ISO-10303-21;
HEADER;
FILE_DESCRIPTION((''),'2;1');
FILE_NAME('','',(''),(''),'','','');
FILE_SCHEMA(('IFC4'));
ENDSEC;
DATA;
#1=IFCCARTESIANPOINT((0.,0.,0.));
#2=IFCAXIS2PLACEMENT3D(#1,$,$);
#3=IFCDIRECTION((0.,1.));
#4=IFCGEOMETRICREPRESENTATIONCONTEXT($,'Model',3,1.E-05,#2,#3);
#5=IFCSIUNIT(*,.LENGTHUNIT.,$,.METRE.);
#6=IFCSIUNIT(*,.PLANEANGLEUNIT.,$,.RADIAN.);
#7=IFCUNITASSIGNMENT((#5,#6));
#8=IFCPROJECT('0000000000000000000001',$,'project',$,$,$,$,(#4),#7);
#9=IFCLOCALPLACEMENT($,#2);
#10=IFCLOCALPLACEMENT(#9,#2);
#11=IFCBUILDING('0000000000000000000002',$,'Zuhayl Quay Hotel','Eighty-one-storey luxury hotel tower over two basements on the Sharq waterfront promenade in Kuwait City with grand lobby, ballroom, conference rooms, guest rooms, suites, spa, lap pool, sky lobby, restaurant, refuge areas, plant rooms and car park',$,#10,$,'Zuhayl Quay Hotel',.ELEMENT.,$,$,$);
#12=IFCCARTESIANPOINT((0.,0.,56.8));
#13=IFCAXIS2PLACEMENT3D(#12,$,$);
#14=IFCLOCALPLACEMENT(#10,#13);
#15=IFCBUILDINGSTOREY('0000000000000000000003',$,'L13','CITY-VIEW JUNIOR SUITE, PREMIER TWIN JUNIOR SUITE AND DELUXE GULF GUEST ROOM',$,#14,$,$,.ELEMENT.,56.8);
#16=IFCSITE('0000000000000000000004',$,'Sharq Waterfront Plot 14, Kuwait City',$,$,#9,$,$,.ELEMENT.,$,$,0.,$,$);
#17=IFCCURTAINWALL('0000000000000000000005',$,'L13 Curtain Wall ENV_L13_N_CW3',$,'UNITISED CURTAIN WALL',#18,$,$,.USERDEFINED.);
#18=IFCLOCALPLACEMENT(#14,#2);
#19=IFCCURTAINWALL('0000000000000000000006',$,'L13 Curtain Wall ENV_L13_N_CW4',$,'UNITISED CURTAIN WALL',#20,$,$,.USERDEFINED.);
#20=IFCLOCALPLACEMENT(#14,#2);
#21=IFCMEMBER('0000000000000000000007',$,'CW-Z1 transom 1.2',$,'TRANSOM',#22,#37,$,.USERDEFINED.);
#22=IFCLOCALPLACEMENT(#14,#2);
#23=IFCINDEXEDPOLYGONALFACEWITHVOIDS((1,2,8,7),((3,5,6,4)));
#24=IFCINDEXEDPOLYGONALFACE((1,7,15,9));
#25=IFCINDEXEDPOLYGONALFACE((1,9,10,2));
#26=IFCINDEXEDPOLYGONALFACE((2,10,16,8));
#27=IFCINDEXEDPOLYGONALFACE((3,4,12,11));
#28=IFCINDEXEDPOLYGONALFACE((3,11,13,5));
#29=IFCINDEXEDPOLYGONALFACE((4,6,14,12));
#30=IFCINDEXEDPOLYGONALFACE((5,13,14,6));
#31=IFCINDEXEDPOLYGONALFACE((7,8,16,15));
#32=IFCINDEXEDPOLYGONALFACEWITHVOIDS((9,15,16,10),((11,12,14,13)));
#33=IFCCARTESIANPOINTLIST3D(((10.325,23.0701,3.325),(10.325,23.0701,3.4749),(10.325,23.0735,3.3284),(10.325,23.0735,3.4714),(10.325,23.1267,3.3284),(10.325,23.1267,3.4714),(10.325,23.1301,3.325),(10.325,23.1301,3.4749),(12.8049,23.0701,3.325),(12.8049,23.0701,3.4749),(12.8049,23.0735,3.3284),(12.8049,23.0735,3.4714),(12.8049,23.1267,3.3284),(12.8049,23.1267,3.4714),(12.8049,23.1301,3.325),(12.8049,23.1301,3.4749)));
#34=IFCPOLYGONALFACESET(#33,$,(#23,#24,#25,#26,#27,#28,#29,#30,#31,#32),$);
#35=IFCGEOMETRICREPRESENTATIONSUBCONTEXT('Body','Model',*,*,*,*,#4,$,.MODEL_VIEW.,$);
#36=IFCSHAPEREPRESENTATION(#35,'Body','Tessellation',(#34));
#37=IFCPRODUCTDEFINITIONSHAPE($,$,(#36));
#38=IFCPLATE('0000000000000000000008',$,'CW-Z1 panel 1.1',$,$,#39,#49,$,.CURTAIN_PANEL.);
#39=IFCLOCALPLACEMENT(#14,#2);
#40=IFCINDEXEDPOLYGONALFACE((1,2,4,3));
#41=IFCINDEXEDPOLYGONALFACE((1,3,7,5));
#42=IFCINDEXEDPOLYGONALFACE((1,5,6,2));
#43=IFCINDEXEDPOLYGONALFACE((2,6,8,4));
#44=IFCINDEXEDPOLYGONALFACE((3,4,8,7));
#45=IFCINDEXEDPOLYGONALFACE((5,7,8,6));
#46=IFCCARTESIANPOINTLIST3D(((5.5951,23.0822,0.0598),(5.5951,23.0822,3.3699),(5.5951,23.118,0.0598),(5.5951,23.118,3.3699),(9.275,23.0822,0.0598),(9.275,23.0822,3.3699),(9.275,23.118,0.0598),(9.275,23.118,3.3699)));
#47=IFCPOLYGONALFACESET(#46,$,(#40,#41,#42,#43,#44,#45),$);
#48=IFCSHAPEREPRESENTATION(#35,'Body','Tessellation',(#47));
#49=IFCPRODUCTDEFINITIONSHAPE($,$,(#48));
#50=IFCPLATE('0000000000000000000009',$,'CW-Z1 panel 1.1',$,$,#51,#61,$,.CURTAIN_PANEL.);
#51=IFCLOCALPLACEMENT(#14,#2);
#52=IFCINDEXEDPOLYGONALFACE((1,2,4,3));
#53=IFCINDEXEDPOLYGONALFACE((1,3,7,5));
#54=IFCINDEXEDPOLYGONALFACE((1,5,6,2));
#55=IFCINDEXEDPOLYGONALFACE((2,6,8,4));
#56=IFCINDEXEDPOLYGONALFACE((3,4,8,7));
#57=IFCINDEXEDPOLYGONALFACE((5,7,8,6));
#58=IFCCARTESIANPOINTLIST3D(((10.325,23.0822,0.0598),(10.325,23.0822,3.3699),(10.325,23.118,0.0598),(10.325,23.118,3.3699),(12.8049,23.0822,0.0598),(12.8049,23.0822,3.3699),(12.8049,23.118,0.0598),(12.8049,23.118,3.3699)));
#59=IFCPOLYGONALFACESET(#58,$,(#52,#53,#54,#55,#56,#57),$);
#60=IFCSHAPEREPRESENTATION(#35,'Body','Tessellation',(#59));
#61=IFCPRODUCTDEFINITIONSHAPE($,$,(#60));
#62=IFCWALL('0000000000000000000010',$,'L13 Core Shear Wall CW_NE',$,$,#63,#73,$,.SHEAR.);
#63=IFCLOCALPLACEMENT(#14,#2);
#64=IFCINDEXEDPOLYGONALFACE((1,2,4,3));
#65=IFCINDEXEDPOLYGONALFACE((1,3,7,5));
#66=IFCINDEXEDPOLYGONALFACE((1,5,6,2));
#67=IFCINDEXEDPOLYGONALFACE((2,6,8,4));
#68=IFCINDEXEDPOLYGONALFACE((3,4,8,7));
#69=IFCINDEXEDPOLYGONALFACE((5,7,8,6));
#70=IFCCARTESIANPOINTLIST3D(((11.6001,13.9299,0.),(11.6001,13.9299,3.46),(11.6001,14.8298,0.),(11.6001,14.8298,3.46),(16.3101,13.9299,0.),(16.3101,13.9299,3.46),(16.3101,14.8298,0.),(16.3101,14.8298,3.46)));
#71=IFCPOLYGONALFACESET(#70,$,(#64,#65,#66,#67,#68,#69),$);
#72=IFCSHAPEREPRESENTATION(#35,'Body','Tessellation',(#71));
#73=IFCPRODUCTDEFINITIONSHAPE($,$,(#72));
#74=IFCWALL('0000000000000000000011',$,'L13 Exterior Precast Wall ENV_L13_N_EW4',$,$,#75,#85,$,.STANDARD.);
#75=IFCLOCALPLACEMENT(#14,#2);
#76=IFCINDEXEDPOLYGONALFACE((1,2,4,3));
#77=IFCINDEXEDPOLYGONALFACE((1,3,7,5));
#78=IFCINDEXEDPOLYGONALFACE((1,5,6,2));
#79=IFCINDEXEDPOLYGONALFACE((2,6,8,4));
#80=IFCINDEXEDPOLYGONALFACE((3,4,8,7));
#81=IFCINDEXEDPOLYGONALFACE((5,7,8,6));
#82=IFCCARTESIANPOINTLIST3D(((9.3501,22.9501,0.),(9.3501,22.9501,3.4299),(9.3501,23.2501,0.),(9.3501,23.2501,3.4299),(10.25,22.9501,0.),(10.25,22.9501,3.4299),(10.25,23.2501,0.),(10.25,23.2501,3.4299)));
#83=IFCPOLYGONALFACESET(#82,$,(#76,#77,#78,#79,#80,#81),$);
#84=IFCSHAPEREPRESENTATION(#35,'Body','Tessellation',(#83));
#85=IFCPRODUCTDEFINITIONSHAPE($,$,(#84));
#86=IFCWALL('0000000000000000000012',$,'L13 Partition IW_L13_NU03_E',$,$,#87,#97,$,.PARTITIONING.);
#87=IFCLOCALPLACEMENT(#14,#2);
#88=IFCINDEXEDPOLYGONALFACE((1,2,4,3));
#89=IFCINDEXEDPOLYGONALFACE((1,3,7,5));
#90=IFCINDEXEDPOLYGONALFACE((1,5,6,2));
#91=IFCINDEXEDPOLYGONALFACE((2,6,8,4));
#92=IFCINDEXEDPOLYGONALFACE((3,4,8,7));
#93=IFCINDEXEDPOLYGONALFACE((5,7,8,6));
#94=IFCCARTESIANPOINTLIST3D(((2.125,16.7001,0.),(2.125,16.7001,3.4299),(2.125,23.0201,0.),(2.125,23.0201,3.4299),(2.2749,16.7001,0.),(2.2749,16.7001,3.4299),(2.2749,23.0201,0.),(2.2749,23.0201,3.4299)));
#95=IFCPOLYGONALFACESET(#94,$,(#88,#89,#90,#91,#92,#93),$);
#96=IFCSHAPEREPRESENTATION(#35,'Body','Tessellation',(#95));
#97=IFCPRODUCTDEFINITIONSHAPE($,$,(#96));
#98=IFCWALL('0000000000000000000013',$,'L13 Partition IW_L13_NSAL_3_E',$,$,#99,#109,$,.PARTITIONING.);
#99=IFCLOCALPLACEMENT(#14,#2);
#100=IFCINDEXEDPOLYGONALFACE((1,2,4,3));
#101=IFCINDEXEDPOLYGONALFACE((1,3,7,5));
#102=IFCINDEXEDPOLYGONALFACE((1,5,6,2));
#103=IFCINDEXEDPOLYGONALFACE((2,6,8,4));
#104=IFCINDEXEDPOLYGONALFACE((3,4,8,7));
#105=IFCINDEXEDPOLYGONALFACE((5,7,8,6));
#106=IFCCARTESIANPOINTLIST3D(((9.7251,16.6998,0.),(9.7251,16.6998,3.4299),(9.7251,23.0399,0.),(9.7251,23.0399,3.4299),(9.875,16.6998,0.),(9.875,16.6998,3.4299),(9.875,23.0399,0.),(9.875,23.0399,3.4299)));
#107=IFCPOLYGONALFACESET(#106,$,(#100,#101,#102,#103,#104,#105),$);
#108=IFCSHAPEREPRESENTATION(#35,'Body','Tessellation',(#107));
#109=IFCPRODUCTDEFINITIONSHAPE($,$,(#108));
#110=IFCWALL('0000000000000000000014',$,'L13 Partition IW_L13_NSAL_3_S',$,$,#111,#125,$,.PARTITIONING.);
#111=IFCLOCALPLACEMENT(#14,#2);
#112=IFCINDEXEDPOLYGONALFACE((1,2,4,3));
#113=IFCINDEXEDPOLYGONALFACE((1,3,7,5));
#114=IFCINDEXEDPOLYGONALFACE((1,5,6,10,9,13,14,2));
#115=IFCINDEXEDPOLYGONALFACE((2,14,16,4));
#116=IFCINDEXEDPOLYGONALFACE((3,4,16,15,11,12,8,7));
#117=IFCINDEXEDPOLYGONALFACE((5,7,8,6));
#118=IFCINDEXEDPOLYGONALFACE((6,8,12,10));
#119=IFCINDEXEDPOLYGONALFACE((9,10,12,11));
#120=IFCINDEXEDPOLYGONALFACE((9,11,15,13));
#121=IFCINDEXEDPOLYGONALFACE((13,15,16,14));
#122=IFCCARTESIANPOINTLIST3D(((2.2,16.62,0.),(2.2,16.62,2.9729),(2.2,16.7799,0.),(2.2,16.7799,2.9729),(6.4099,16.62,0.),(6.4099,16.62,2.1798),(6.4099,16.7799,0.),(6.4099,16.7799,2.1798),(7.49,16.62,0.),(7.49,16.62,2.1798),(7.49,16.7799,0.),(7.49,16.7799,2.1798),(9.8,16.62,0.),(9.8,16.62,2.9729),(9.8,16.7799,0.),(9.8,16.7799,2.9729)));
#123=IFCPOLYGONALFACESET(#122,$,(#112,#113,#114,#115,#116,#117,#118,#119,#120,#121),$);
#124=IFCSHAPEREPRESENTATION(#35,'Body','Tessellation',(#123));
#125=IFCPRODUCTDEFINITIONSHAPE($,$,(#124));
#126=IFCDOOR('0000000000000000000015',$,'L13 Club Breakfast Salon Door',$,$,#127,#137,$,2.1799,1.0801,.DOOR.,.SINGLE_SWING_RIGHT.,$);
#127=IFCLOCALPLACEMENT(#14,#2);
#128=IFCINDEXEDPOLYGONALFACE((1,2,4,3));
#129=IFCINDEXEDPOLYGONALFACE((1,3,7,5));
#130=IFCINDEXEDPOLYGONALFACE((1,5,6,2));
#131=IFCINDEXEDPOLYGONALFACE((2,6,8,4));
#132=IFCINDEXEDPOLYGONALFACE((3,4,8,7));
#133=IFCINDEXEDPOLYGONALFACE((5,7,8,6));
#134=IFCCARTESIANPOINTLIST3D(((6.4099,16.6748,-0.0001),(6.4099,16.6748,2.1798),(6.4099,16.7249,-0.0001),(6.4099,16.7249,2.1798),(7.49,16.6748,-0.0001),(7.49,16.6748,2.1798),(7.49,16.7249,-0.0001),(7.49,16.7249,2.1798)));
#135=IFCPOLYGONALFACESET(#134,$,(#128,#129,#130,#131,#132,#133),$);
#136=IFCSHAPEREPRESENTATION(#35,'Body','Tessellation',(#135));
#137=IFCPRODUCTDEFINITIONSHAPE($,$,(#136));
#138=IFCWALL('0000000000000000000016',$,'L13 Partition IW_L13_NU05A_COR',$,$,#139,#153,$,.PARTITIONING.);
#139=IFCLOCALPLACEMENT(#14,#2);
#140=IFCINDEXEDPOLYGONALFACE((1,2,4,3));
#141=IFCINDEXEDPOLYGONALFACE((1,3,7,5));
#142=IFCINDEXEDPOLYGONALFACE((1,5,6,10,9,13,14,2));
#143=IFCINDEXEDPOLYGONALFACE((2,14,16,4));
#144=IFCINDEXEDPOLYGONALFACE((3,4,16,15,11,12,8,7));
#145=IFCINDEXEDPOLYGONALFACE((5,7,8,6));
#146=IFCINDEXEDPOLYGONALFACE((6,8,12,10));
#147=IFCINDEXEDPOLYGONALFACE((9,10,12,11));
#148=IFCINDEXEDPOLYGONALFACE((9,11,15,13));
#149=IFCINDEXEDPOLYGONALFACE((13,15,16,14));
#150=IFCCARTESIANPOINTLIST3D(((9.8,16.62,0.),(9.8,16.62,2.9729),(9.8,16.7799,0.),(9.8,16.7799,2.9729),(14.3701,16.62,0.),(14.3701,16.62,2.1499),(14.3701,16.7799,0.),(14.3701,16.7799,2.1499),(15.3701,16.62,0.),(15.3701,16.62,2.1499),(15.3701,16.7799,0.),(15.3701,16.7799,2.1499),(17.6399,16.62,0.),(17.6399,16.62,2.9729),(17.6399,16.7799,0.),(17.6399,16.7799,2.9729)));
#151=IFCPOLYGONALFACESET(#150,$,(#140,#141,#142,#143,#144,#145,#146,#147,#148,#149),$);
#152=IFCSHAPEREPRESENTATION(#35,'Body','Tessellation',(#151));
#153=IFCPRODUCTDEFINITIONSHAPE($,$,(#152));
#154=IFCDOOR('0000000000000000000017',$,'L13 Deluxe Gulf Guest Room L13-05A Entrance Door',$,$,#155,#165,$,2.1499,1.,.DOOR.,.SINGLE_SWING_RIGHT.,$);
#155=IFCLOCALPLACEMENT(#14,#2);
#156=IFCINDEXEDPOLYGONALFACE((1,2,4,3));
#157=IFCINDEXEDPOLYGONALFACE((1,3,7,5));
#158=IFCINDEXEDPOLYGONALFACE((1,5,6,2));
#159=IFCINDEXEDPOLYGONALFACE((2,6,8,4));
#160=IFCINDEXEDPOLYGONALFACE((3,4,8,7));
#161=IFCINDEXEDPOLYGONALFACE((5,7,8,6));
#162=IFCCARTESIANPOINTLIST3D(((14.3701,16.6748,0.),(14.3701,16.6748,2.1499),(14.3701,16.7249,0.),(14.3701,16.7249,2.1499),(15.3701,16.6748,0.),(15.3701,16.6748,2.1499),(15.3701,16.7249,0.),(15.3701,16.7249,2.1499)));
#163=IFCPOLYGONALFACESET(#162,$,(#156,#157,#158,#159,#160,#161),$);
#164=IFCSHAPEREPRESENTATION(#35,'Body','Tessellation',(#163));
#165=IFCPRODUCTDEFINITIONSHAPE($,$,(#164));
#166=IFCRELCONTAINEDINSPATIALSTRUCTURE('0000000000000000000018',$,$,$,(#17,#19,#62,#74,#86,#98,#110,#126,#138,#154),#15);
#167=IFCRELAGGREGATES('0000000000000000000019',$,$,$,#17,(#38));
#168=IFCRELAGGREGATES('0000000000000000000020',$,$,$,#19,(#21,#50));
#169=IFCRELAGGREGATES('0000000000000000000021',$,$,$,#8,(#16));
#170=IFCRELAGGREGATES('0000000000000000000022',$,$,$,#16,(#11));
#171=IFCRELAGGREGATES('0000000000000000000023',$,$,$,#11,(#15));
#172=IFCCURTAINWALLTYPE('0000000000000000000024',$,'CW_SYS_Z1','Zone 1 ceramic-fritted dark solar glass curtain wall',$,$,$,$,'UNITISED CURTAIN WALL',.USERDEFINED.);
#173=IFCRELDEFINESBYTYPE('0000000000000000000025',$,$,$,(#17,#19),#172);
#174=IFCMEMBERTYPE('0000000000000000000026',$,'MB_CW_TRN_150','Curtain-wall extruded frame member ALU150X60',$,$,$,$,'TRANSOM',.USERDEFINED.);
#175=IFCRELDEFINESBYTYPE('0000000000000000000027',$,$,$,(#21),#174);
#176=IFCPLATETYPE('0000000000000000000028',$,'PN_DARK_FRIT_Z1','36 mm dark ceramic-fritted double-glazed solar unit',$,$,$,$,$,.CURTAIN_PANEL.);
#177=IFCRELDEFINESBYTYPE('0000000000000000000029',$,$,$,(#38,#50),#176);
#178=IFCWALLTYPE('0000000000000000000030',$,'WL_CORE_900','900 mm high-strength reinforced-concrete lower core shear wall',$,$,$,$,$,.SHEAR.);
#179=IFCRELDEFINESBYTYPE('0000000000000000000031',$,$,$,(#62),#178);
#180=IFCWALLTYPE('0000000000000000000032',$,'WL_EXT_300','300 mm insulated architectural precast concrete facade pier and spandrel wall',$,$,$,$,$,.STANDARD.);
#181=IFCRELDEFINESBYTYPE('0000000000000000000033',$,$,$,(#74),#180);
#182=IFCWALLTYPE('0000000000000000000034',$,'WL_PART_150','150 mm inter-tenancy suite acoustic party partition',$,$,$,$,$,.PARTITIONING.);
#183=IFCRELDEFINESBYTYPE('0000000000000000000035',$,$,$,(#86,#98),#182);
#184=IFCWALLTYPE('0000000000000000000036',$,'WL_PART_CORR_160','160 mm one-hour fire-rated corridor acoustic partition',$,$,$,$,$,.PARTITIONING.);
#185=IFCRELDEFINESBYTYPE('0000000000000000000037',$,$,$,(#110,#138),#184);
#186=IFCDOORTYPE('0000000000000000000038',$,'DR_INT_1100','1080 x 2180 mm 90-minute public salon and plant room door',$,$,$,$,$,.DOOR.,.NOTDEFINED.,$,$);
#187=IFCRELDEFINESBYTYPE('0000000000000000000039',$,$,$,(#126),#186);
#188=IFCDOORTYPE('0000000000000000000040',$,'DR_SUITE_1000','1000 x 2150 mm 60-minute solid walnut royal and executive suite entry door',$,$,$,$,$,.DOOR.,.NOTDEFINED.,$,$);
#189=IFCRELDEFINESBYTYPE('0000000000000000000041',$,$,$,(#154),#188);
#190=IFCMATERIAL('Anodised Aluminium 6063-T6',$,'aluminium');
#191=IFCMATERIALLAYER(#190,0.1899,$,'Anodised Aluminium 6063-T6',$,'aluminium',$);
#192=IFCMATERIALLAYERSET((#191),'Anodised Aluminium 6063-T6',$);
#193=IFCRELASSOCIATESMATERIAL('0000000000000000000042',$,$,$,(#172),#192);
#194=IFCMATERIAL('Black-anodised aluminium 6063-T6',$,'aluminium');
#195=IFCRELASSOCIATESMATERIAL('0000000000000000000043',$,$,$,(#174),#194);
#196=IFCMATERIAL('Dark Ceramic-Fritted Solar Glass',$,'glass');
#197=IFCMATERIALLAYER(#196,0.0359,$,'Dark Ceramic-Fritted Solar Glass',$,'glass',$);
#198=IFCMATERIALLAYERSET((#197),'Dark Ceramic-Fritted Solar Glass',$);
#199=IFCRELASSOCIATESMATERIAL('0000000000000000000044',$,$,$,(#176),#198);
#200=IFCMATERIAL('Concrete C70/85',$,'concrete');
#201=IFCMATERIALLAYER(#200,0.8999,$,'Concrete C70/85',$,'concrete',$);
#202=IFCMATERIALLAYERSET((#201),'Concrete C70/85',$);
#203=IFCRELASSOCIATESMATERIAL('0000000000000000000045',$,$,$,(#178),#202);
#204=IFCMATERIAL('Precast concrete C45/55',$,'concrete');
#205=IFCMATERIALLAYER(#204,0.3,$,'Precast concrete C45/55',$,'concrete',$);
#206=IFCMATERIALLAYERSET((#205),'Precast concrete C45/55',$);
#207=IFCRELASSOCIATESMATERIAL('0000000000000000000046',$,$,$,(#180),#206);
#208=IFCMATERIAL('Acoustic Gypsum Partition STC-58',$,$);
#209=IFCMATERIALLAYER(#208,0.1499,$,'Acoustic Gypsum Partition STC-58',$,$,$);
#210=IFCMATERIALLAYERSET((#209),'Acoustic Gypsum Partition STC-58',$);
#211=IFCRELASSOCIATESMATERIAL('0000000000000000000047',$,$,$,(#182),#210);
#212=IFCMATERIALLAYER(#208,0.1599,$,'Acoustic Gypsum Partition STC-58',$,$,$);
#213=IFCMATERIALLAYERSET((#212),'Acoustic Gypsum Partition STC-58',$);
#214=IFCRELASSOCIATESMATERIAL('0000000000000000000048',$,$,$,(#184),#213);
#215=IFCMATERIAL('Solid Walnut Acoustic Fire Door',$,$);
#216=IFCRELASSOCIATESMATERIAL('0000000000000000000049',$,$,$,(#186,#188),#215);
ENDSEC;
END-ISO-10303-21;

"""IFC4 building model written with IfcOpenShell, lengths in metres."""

from ifc_helpers import new_model, si_unit, direction, frame, frame_2d, origin, origin_2d, place, context, subcontext, project, spatial, rectangle, hollow_rectangle, extrude, material, layer, layer_set, material_profile, profile_set, type_object, element, fill, aggregate, save


model = new_model("IFC4")

# Units and contexts
model_context = context("Model", 3, precision=1e-05, world=origin(), true_north=direction((0.0, 1.0)))
body_context = subcontext(model_context, "Body", "Model", "MODEL_VIEW")
ifc_project = project(units=[si_unit("LENGTHUNIT", "METRE"), si_unit("PLANEANGLEUNIT", "RADIAN")], contexts=[model_context])

# Site, building, storey
site_placement = place(None, origin())
site = spatial("IfcSite", under=ifc_project, at=site_placement, Name="Sharq Waterfront Plot 14, Kuwait City", CompositionType="ELEMENT", RefElevation=0.0)
building_placement = place(site_placement, origin())
building = spatial("IfcBuilding", under=site, at=building_placement, Name="Zuhayl Quay Hotel", Description="Eighty-one-storey luxury hotel tower over two basements on the Sharq waterfront promenade in Kuwait City with grand lobby, ballroom, conference rooms, guest rooms, suites, spa, lap pool, sky lobby, restaurant, refuge areas, plant rooms and car park", LongName="Zuhayl Quay Hotel", CompositionType="ELEMENT")
storey_placement = place(building_placement, frame((0.0, 0.0, 56.8)))
storey = spatial("IfcBuildingStorey", under=building, at=storey_placement, Name="L13", Description="CITY-VIEW JUNIOR SUITE, PREMIER TWIN JUNIOR SUITE AND DELUXE GULF GUEST ROOM", CompositionType="ELEMENT", Elevation=56.8)

# Shared definitions
ifc_material_1 = material(Name="Concrete C70/85", Category="concrete")

# Curtain wall
ifc_material_2 = material(Name="Anodised Aluminium 6063-T6", Category="aluminium")
ifc_layer_1 = layer(ifc_material_2, 0.1899, Name="Anodised Aluminium 6063-T6", Category="aluminium")
ifc_layer_set_1 = layer_set([ifc_layer_1], Name="Anodised Aluminium 6063-T6")
curtain_wall_type = type_object("IfcCurtainWallType", Name="CW_SYS_Z1", Description="Zone 1 ceramic-fritted dark solar glass curtain wall", ElementType="UNITISED CURTAIN WALL", PredefinedType="USERDEFINED", material=ifc_layer_set_1)
curtain_wall_1_placement = place(storey_placement, origin())
curtain_wall_1 = element("IfcCurtainWall", 1, at=curtain_wall_1_placement, inside=storey, type_object=curtain_wall_type, Name="L13 Curtain Wall ENV_L13_N_CW3", ObjectType="UNITISED CURTAIN WALL", PredefinedType="USERDEFINED")
ifc_material_3 = material(Name="Black-anodised aluminium 6063-T6", Category="aluminium")

# Curtain wall
curtain_wall_2_placement = place(storey_placement, origin())
curtain_wall_2 = element("IfcCurtainWall", 2, at=curtain_wall_2_placement, inside=storey, type_object=curtain_wall_type, Name="L13 Curtain Wall ENV_L13_N_CW4", ObjectType="UNITISED CURTAIN WALL", PredefinedType="USERDEFINED")

# Member
ifc_material_profile_1 = material_profile(ifc_material_3, hollow_rectangle(XDim=0.0601, YDim=0.1499, WallThickness=0.0034, at=origin_2d()), Name="ALU150X60")
ifc_profile_set_1 = profile_set([ifc_material_profile_1], Name="Black-anodised aluminium 6063-T6")
member_type_1 = type_object("IfcMemberType", Name="MB_CW_TRN_150", Description="Curtain-wall extruded frame member ALU150X60", ElementType="TRANSOM", PredefinedType="USERDEFINED", material=ifc_profile_set_1)
member_1_placement = place(storey_placement, frame((10.325, 23.1001, 3.3999), z_axis=(1.0, 0.0, 0.0), x_axis=(0.0, 1.0, 0.0)))
member_1 = element("IfcMember", 3, at=member_1_placement, type_object=member_type_1, Name="CW-Z1 transom 1.2", ObjectType="TRANSOM", PredefinedType="USERDEFINED", context=body_context, shape_type="SweptSolid", body=[
    extrude(hollow_rectangle(XDim=0.0601, YDim=0.1499, WallThickness=0.0034, at=origin_2d()), origin(), (0.0, 0.0, 1.0), 2.48),
])

# Plates
ifc_material_4 = material(Name="Dark Ceramic-Fritted Solar Glass", Category="glass")
ifc_layer_2 = layer(ifc_material_4, 0.0359, Name="Dark Ceramic-Fritted Solar Glass", Category="glass")
ifc_layer_set_2 = layer_set([ifc_layer_2], Name="Dark Ceramic-Fritted Solar Glass")
plate_type = type_object("IfcPlateType", Name="PN_DARK_FRIT_Z1", Description="36 mm dark ceramic-fritted double-glazed solar unit", PredefinedType="CURTAIN_PANEL", material=ifc_layer_set_2)
plate_1_placement = place(storey_placement, frame((7.4351, 23.1001, 0.0598), z_axis=(0.0, 0.0, 1.0), x_axis=(1.0, 0.0, 0.0)))
plate_1 = element("IfcPlate", 4, at=plate_1_placement, type_object=plate_type, Name="CW-Z1 panel 1.1", PredefinedType="CURTAIN_PANEL", context=body_context, shape_type="SweptSolid", body=[
    extrude(rectangle(XDim=3.6799, YDim=0.0359, at=origin_2d()), origin(), (0.0, 0.0, 1.0), 3.3101),
])
aggregate(curtain_wall_1, [plate_1])
plate_2_placement = place(storey_placement, frame((11.5649, 23.1001, 0.0598), z_axis=(0.0, 0.0, 1.0), x_axis=(1.0, 0.0, 0.0)))
plate_2 = element("IfcPlate", 5, at=plate_2_placement, type_object=plate_type, Name="CW-Z1 panel 1.1", PredefinedType="CURTAIN_PANEL", context=body_context, shape_type="SweptSolid", body=[
    extrude(rectangle(XDim=2.48, YDim=0.0359, at=origin_2d()), origin(), (0.0, 0.0, 1.0), 3.3101),
])
aggregate(curtain_wall_2, [member_1, plate_2])

# Walls
ifc_layer_3 = layer(ifc_material_1, 0.8999, Name="Concrete C70/85", Category="concrete")
ifc_layer_set_3 = layer_set([ifc_layer_3], Name="Concrete C70/85")
wall_type_1 = type_object("IfcWallType", Name="WL_CORE_900", Description="900 mm high-strength reinforced-concrete lower core shear wall", PredefinedType="SHEAR", material=ifc_layer_set_3)
wall_1_placement = place(storey_placement, frame((11.6001, 14.3799, 0.0), z_axis=(0.0, 0.0, 1.0), x_axis=(1.0, 0.0, 0.0)))
element("IfcWall", 6, at=wall_1_placement, inside=storey, type_object=wall_type_1, Name="L13 Core Shear Wall CW_NE", PredefinedType="SHEAR", context=body_context, shape_type="SweptSolid", body=[
    extrude(rectangle(XDim=4.71, YDim=0.8999, at=frame_2d((2.355, 0.0))), origin(), (0.0, 0.0, 1.0), 3.46),
])
ifc_material_5 = material(Name="Precast concrete C45/55", Category="concrete")
ifc_layer_4 = layer(ifc_material_5, 0.3, Name="Precast concrete C45/55", Category="concrete")
ifc_layer_set_4 = layer_set([ifc_layer_4], Name="Precast concrete C45/55")
wall_type_2 = type_object("IfcWallType", Name="WL_EXT_300", Description="300 mm insulated architectural precast concrete facade pier and spandrel wall", PredefinedType="STANDARD", material=ifc_layer_set_4)
wall_2_placement = place(storey_placement, frame((9.3501, 23.1001, 0.0), z_axis=(0.0, 0.0, 1.0), x_axis=(1.0, 0.0, 0.0)))
element("IfcWall", 7, at=wall_2_placement, inside=storey, type_object=wall_type_2, Name="L13 Exterior Precast Wall ENV_L13_N_EW4", PredefinedType="STANDARD", context=body_context, shape_type="SweptSolid", body=[
    extrude(rectangle(XDim=0.8999, YDim=0.3, at=frame_2d((0.45, 0.0))), origin(), (0.0, 0.0, 1.0), 3.4299),
])
ifc_material_6 = material(Name="Acoustic Gypsum Partition STC-58")
ifc_layer_5 = layer(ifc_material_6, 0.1499, Name="Acoustic Gypsum Partition STC-58")
ifc_layer_set_5 = layer_set([ifc_layer_5], Name="Acoustic Gypsum Partition STC-58")
wall_type_3 = type_object("IfcWallType", Name="WL_PART_150", Description="150 mm inter-tenancy suite acoustic party partition", PredefinedType="PARTITIONING", material=ifc_layer_set_5)
wall_3_placement = place(storey_placement, frame((2.2, 16.7, 0.0), z_axis=(0.0, 0.0, 1.0), x_axis=(0.0, 1.0, 0.0)))
element("IfcWall", 8, at=wall_3_placement, inside=storey, type_object=wall_type_3, Name="L13 Partition IW_L13_NU03_E", PredefinedType="PARTITIONING", context=body_context, shape_type="SweptSolid", body=[
    extrude(rectangle(XDim=6.3201, YDim=0.1499, at=frame_2d((3.1602, 0.0))), origin(), (0.0, 0.0, 1.0), 3.4299),
])
wall_4_placement = place(storey_placement, frame((9.8, 16.7, 0.0), z_axis=(0.0, 0.0, 1.0), x_axis=(0.0, 1.0, 0.0)))
element("IfcWall", 9, at=wall_4_placement, inside=storey, type_object=wall_type_3, Name="L13 Partition IW_L13_NSAL_3_E", PredefinedType="PARTITIONING", context=body_context, shape_type="SweptSolid", body=[
    extrude(rectangle(XDim=6.3401, YDim=0.1499, at=frame_2d((3.1699, 0.0))), origin(), (0.0, 0.0, 1.0), 3.4299),
])

# Walls, openings, doors
ifc_layer_6 = layer(ifc_material_6, 0.1599, Name="Acoustic Gypsum Partition STC-58")
ifc_layer_set_6 = layer_set([ifc_layer_6], Name="Acoustic Gypsum Partition STC-58")
wall_type_4 = type_object("IfcWallType", Name="WL_PART_CORR_160", Description="160 mm one-hour fire-rated corridor acoustic partition", PredefinedType="PARTITIONING", material=ifc_layer_set_6)
wall_5_placement = place(storey_placement, frame((2.2, 16.7, 0.0), z_axis=(0.0, 0.0, 1.0), x_axis=(1.0, 0.0, 0.0)))
wall_5 = element("IfcWall", 10, at=wall_5_placement, inside=storey, type_object=wall_type_4, Name="L13 Partition IW_L13_NSAL_3_S", PredefinedType="PARTITIONING", context=body_context, shape_type="SweptSolid", body=[
    extrude(rectangle(XDim=7.6001, YDim=0.1599, at=frame_2d((3.8, 0.0))), origin(), (0.0, 0.0, 1.0), 2.9729),
])
opening_1_placement = place(wall_5_placement, frame((4.21, 0.0, 0.0)))
opening_1 = element("IfcOpeningElement", 11, at=opening_1_placement, cuts=wall_5, PredefinedType="OPENING", context=body_context, shape_type="SweptSolid", body=[
    extrude(rectangle(XDim=1.0801, YDim=2.1799, at=frame_2d((0.54, 1.0898))), frame((0.0, 0.0898, 0.0), z_axis=(0.0, -1.0, 0.0), x_axis=(1.0, 0.0, 0.0)), (0.0, 0.0, 1.0), 0.1799),
])
ifc_material_7 = material(Name="Solid Walnut Acoustic Fire Door")
door_type_1 = type_object("IfcDoorType", Name="DR_INT_1100", Description="1080 x 2180 mm 90-minute public salon and plant room door", OperationType="NOTDEFINED", PredefinedType="DOOR", material=ifc_material_7)
door_1_placement = place(opening_1_placement, origin())
door_1 = element("IfcDoor", 12, at=door_1_placement, inside=storey, type_object=door_type_1, Name="L13 Club Breakfast Salon Door", OperationType="SINGLE_SWING_RIGHT", OverallHeight=2.1799, OverallWidth=1.0801, PredefinedType="DOOR", context=body_context, shape_type="SweptSolid", body=[
    extrude(rectangle(XDim=1.0801, YDim=2.1799, at=frame_2d((0.54, 1.0898))), frame((0.0, 0.0249, 0.0), z_axis=(0.0, -1.0, 0.0), x_axis=(1.0, 0.0, 0.0)), (0.0, 0.0, 1.0), 0.05),
])
fill(opening_1, door_1)
wall_6_placement = place(storey_placement, frame((9.8, 16.7, 0.0), z_axis=(0.0, 0.0, 1.0), x_axis=(1.0, 0.0, 0.0)))
wall_6 = element("IfcWall", 13, at=wall_6_placement, inside=storey, type_object=wall_type_4, Name="L13 Partition IW_L13_NU05A_COR", PredefinedType="PARTITIONING", context=body_context, shape_type="SweptSolid", body=[
    extrude(rectangle(XDim=7.8398, YDim=0.1599, at=frame_2d((3.9199, 0.0))), origin(), (0.0, 0.0, 1.0), 2.9729),
])
opening_2_placement = place(wall_6_placement, frame((4.5701, 0.0, 0.0)))
opening_2 = element("IfcOpeningElement", 14, at=opening_2_placement, cuts=wall_6, PredefinedType="OPENING", context=body_context, shape_type="SweptSolid", body=[
    extrude(rectangle(XDim=1.0, YDim=2.1499, at=frame_2d((0.5, 1.075))), frame((0.0, 0.0898, 0.0), z_axis=(0.0, -1.0, 0.0), x_axis=(1.0, 0.0, 0.0)), (0.0, 0.0, 1.0), 0.1799),
])
door_type_2 = type_object("IfcDoorType", Name="DR_SUITE_1000", Description="1000 x 2150 mm 60-minute solid walnut royal and executive suite entry door", OperationType="NOTDEFINED", PredefinedType="DOOR", material=ifc_material_7)
door_2_placement = place(opening_2_placement, origin())
door_2 = element("IfcDoor", 15, at=door_2_placement, inside=storey, type_object=door_type_2, Name="L13 Deluxe Gulf Guest Room L13-05A Entrance Door", OperationType="SINGLE_SWING_RIGHT", OverallHeight=2.1499, OverallWidth=1.0, PredefinedType="DOOR", context=body_context, shape_type="SweptSolid", body=[
    extrude(rectangle(XDim=1.0, YDim=2.1499, at=frame_2d((0.5, 1.075))), frame((0.0, 0.0249, 0.0), z_axis=(0.0, -1.0, 0.0), x_axis=(1.0, 0.0, 0.0)), (0.0, 0.0, 1.0), 0.05),
])
fill(opening_2, door_2)

save(model, "model.ifc")
